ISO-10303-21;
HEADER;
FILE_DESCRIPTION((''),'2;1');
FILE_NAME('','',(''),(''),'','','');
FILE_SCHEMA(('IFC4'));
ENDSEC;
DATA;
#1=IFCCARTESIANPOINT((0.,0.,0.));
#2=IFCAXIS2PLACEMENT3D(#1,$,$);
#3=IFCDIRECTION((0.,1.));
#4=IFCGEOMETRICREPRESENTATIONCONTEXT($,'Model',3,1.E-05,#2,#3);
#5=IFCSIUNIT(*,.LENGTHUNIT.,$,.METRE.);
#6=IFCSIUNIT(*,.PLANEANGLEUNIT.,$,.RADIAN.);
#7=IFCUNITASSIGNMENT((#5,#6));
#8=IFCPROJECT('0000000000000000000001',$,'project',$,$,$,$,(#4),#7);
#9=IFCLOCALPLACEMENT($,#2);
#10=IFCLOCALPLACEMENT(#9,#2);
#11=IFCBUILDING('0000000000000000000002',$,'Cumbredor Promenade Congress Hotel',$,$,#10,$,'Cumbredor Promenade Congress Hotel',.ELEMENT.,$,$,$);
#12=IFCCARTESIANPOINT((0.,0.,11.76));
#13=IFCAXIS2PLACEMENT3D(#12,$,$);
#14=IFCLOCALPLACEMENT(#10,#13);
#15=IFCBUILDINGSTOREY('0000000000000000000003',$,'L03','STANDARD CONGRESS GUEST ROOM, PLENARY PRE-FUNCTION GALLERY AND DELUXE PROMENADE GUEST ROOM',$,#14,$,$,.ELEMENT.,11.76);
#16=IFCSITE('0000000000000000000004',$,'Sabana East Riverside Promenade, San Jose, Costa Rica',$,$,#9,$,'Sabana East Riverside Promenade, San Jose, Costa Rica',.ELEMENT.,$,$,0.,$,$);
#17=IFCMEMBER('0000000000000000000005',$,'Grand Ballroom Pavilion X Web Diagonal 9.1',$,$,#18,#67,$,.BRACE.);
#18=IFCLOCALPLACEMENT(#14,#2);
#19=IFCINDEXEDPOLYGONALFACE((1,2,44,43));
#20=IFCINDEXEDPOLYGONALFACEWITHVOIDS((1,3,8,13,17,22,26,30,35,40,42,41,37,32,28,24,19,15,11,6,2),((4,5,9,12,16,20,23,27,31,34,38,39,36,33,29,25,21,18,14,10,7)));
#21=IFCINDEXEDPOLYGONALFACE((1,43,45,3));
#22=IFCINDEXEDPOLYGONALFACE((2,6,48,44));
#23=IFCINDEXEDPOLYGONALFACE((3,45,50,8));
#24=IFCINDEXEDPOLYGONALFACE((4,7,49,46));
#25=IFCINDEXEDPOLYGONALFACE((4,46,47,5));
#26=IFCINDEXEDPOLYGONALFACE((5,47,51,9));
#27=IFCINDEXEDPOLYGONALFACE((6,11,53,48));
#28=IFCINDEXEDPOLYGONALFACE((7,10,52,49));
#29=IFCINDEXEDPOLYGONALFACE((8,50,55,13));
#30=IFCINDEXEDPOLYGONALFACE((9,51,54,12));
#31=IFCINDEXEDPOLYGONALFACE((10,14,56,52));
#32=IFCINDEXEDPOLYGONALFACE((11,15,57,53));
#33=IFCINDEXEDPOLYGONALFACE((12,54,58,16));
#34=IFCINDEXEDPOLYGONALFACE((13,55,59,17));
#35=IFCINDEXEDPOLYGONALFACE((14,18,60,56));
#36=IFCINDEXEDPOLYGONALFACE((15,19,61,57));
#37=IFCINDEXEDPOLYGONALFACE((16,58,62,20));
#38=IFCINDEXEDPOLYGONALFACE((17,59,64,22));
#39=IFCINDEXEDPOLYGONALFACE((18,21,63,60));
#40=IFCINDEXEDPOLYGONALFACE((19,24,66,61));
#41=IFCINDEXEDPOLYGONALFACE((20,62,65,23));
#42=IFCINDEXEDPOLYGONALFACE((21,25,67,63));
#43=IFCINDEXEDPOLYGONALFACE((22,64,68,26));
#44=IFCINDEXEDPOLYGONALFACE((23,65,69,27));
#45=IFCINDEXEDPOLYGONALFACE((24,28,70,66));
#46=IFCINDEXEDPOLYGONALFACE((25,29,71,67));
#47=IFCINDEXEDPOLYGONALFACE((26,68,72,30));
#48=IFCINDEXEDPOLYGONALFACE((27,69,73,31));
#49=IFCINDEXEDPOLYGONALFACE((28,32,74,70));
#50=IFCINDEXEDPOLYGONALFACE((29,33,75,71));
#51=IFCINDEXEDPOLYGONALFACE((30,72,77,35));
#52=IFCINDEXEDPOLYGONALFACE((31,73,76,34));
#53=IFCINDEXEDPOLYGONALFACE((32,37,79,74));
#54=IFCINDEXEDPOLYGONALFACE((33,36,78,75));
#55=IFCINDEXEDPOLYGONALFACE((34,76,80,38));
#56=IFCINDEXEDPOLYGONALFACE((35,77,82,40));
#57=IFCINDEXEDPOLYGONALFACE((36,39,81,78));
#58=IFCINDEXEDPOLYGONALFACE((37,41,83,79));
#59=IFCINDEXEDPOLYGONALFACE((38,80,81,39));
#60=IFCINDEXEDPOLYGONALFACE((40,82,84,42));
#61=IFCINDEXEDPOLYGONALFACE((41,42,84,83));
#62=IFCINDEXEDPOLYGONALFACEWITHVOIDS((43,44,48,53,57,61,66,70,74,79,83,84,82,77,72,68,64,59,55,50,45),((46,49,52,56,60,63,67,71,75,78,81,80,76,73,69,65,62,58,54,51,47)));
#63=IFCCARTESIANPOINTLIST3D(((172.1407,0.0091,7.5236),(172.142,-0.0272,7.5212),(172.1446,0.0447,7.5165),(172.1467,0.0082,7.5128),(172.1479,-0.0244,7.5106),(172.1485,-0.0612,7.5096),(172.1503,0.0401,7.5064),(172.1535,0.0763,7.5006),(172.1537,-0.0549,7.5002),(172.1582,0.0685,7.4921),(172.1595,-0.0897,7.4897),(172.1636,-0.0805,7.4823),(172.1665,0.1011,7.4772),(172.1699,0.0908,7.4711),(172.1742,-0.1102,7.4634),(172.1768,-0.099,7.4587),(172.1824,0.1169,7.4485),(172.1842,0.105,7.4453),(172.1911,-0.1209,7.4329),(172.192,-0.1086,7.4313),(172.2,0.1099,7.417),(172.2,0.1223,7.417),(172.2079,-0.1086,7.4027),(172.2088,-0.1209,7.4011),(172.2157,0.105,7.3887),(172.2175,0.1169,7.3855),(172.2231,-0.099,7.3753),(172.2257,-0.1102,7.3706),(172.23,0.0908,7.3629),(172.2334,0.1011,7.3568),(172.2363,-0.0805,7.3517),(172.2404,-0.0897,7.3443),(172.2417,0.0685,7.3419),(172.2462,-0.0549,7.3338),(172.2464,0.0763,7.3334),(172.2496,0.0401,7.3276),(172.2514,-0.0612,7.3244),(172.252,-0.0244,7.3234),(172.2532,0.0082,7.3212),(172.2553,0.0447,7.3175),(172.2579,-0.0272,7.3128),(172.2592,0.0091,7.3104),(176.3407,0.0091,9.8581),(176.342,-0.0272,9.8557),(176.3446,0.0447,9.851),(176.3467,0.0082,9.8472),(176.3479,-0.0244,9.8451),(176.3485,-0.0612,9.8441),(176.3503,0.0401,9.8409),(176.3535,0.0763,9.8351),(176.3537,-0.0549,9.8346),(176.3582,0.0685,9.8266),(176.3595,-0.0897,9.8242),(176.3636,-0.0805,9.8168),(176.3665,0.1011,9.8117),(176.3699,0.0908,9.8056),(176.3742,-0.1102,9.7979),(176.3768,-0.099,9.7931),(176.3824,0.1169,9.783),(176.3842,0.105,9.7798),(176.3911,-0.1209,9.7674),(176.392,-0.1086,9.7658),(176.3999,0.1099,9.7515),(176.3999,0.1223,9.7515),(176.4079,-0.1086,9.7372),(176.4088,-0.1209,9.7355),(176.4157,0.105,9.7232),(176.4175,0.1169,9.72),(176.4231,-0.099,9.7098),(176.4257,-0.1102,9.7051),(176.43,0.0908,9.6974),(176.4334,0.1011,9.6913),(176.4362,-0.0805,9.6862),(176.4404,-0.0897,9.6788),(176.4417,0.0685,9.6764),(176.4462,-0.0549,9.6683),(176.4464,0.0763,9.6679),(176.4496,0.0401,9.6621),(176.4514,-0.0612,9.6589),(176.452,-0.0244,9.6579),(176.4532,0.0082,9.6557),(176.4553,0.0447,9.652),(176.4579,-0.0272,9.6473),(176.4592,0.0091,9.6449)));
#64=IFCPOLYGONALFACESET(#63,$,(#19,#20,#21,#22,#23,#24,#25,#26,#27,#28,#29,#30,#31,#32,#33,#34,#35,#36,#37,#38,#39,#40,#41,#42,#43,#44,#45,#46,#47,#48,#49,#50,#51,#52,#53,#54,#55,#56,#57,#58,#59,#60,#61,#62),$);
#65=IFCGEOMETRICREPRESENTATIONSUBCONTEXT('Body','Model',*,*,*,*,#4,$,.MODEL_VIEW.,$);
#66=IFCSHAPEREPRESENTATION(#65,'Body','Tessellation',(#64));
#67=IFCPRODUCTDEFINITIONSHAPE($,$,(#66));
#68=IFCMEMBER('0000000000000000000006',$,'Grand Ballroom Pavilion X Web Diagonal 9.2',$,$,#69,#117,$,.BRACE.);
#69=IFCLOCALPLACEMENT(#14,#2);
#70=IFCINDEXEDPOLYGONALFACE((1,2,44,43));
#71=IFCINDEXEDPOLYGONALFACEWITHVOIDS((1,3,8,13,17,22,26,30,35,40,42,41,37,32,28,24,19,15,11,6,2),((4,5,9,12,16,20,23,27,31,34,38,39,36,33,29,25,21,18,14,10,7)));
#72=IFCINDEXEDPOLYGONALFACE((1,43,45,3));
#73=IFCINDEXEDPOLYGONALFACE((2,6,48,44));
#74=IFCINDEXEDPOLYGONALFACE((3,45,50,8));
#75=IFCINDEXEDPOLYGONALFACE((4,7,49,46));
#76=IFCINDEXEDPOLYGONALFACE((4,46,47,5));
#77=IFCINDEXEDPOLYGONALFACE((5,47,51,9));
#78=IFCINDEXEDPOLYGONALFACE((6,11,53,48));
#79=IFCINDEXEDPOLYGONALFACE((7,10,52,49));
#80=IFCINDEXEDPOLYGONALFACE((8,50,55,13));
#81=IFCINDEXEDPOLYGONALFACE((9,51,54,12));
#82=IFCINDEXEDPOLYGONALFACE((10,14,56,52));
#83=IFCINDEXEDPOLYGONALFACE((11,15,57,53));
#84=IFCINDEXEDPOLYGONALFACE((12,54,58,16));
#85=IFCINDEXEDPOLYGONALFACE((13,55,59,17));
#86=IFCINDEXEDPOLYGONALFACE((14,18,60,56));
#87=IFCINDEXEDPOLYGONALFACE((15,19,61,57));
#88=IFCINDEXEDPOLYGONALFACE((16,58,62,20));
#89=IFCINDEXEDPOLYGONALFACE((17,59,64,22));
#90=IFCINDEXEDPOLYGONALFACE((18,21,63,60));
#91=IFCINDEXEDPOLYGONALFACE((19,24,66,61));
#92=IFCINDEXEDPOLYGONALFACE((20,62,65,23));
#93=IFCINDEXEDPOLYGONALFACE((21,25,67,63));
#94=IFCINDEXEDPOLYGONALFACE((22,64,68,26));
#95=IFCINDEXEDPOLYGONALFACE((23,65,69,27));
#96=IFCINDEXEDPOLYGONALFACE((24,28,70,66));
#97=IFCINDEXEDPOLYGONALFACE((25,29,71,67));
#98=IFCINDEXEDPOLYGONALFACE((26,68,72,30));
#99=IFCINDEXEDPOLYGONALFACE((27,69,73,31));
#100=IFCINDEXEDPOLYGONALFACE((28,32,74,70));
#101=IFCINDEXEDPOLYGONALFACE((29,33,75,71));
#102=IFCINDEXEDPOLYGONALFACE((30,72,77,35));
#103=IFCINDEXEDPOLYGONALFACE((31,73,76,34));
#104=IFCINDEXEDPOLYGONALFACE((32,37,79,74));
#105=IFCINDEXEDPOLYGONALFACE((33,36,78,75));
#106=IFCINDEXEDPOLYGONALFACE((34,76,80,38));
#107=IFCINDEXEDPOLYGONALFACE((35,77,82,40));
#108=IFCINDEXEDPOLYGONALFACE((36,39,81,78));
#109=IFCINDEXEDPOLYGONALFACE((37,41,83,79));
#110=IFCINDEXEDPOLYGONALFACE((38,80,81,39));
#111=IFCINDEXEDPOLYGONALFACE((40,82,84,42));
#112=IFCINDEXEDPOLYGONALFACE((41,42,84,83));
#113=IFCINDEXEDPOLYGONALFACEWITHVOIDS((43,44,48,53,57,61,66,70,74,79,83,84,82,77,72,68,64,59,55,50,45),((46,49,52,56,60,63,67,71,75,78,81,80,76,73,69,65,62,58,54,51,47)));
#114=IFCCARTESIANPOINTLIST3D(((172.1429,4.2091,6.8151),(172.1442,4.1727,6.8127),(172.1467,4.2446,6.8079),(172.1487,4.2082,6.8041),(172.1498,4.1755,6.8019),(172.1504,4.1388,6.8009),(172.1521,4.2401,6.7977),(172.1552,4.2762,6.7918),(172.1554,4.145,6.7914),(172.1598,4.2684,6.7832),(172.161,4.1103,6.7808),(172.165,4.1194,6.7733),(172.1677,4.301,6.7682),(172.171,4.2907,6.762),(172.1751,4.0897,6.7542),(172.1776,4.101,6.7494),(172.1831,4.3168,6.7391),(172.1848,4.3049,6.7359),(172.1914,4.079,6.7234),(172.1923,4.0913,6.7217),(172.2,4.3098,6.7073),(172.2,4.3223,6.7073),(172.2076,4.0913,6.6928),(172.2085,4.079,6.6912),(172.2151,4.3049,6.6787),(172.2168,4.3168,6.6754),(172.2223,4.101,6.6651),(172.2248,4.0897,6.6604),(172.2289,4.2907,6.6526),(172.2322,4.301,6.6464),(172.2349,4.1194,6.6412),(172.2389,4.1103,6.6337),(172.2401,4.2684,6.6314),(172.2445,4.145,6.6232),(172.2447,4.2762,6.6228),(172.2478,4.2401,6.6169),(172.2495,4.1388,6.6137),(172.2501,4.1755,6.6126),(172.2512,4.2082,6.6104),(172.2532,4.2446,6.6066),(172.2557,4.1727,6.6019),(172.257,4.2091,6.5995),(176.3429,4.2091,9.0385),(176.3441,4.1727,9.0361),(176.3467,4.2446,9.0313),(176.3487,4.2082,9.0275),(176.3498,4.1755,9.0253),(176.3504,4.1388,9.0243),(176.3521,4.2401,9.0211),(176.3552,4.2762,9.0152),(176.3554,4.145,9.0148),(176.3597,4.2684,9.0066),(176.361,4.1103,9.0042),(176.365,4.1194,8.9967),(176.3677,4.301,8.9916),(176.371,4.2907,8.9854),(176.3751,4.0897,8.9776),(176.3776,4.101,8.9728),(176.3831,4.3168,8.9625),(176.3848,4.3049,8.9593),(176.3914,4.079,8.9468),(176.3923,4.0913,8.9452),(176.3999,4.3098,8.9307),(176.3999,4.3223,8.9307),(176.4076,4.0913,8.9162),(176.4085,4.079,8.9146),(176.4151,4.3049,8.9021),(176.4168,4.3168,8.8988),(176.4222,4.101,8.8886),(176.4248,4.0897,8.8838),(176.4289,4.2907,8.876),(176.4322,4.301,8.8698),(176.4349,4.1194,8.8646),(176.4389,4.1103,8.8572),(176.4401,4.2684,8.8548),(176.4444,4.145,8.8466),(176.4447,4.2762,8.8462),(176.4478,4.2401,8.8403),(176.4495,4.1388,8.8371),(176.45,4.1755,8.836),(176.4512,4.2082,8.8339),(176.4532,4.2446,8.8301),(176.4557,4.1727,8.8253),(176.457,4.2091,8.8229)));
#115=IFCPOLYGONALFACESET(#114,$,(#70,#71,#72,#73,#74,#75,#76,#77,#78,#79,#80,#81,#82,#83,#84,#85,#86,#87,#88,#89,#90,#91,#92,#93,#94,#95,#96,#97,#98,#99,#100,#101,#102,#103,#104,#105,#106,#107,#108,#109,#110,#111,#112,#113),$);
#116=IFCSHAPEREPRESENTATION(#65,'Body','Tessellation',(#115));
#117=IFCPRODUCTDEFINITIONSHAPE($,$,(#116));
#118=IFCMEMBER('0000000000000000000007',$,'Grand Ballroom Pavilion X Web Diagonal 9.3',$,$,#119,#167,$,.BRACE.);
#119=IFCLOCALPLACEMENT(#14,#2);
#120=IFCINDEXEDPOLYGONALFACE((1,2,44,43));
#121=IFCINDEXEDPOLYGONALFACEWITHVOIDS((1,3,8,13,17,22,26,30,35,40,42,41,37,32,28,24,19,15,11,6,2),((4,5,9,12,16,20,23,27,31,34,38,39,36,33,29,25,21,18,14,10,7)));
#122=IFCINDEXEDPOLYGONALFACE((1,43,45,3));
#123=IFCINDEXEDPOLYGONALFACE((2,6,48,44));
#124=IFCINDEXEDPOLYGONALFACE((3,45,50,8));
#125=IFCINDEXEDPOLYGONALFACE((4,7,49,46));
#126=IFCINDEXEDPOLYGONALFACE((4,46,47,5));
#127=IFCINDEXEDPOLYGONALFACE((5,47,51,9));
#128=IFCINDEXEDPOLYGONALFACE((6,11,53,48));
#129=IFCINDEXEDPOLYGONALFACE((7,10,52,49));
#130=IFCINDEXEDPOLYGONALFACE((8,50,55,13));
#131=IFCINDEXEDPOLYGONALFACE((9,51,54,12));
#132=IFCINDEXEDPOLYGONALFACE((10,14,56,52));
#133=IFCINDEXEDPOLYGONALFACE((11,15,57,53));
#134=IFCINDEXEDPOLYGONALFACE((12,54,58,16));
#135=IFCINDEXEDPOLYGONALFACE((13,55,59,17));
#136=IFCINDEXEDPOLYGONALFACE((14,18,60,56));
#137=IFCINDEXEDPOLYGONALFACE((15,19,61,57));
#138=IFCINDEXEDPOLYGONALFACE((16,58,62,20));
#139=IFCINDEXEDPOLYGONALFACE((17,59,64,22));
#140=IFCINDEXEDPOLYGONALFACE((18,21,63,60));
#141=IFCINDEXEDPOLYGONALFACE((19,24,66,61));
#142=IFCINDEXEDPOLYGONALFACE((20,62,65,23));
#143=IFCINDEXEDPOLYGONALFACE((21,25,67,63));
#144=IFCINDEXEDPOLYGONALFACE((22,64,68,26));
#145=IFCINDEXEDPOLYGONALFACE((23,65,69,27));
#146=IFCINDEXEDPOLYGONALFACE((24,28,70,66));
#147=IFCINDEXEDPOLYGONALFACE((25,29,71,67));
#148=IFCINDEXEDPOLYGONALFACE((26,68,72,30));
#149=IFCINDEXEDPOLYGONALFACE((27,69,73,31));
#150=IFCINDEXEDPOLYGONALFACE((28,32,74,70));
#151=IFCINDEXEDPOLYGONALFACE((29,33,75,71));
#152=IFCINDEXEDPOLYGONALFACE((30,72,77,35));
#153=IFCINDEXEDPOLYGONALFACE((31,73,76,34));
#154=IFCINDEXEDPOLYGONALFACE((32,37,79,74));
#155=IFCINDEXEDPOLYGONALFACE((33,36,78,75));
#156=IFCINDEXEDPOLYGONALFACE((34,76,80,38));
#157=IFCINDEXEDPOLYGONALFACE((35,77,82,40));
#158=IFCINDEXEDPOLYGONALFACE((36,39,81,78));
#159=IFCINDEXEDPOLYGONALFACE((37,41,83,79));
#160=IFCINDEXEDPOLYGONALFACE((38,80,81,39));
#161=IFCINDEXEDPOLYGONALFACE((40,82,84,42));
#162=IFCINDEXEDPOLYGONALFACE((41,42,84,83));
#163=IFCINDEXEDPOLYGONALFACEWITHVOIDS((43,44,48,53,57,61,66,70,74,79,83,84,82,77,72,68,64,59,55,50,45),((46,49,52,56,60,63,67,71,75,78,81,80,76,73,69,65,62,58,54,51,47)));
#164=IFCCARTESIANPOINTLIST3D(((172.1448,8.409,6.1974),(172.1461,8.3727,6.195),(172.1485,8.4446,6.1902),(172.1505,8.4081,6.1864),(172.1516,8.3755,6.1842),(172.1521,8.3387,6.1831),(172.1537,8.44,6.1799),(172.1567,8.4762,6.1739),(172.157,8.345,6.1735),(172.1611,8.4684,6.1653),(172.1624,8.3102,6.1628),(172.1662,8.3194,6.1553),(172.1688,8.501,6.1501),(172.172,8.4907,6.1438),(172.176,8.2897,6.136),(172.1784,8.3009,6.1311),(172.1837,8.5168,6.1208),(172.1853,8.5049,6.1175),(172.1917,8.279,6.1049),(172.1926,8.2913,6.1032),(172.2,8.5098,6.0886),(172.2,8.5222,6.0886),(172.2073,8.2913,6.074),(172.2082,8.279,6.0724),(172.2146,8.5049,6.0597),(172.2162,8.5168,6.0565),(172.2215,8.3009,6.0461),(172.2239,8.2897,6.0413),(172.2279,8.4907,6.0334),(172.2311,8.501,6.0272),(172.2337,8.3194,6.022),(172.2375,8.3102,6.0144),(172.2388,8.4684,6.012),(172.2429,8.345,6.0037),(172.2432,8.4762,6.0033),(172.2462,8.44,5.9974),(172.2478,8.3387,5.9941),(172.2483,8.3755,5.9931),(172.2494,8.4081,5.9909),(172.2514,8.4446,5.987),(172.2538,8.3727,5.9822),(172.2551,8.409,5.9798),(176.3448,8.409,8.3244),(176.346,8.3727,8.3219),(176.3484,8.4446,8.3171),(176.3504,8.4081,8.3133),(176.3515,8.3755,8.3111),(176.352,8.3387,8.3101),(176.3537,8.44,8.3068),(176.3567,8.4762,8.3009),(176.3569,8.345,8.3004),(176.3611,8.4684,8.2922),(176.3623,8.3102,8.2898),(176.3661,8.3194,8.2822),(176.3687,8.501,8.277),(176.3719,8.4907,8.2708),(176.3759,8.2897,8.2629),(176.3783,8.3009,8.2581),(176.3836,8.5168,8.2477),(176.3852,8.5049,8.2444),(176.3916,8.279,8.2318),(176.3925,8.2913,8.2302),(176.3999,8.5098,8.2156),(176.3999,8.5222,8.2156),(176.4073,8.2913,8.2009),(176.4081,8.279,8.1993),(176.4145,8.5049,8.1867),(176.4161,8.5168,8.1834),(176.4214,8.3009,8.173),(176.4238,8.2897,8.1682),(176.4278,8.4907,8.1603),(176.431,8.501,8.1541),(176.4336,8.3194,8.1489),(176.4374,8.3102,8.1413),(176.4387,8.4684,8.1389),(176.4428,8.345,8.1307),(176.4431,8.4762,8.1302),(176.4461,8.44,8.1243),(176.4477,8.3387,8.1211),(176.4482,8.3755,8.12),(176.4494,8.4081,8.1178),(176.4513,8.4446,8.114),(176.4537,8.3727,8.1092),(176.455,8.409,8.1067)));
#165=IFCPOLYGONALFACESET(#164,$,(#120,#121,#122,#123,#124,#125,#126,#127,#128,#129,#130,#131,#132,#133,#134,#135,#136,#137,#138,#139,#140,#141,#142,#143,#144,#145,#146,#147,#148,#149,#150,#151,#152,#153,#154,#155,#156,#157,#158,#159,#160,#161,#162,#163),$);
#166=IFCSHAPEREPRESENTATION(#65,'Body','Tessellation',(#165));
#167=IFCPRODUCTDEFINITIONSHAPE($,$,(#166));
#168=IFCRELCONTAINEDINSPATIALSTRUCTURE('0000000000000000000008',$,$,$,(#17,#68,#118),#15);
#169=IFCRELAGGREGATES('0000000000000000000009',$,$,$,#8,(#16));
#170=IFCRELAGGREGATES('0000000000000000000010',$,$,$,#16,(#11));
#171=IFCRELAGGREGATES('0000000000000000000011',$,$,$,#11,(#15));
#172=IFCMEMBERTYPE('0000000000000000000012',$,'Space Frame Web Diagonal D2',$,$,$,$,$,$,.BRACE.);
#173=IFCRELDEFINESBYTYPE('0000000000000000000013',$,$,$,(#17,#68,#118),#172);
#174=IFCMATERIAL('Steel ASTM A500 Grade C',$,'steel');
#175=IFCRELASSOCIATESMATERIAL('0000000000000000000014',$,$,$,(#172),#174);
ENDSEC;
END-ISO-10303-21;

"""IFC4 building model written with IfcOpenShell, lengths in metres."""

from ifc_helpers import new_model, si_unit, direction, frame, origin, origin_2d, place, context, subcontext, project, spatial, hollow_circle, extrude, material, material_profile, profile_set, type_object, element, save


model = new_model("IFC4")

# Units and contexts
model_context = context("Model", 3, precision=1e-05, world=origin(), true_north=direction((0.0, 1.0)))
body_context = subcontext(model_context, "Body", "Model", "MODEL_VIEW")
ifc_project = project(units=[si_unit("LENGTHUNIT", "METRE"), si_unit("PLANEANGLEUNIT", "RADIAN")], contexts=[model_context])

# Site, building, storey
site_placement = place(None, origin())
site = spatial("IfcSite", under=ifc_project, at=site_placement, Name="Sabana East Riverside Promenade, San Jose, Costa Rica", LongName="Sabana East Riverside Promenade, San Jose, Costa Rica", CompositionType="ELEMENT", RefElevation=0.0)
building_placement = place(site_placement, origin())
building = spatial("IfcBuilding", under=site, at=building_placement, Name="Cumbredor Promenade Congress Hotel", LongName="Cumbredor Promenade Congress Hotel", CompositionType="ELEMENT")
storey_placement = place(building_placement, frame((0.0, 0.0, 11.76)))
storey = spatial("IfcBuildingStorey", under=building, at=storey_placement, Name="L03", Description="STANDARD CONGRESS GUEST ROOM, PLENARY PRE-FUNCTION GALLERY AND DELUXE PROMENADE GUEST ROOM", CompositionType="ELEMENT", Elevation=11.76)

# Shared definitions
ifc_material_1 = material(Name="Steel ASTM A500 Grade C", Category="steel")

# Members
ifc_material_profile_1 = material_profile(ifc_material_1, hollow_circle(Radius=0.1223, WallThickness=0.0125, at=origin_2d()), Name="CHS 244.5x12.5")
ifc_profile_set_1 = profile_set([ifc_material_profile_1], Name="Steel ASTM A500 Grade C")
member_type_1 = type_object("IfcMemberType", Name="Space Frame Web Diagonal D2", PredefinedType="BRACE", material=ifc_profile_set_1)
member_1_placement = place(storey_placement, frame((172.2, 0.0, 7.417), z_axis=(0.874054, 0.0, 0.485828), x_axis=(0.0, 1.0, 0.0)))
element("IfcMember", 1, at=member_1_placement, inside=storey, type_object=member_type_1, Name="Grand Ballroom Pavilion X Web Diagonal 9.1", PredefinedType="BRACE", context=body_context, shape_type="SweptSolid", body=[
    extrude(hollow_circle(Radius=0.1223, WallThickness=0.0125, at=origin_2d()), origin(), (0.0, 0.0, 1.0), 4.8052),
])
member_2_placement = place(storey_placement, frame((172.2, 4.2, 6.7073), z_axis=(0.883798, 0.0, 0.467869), x_axis=(0.0, 1.0, 0.0)))
element("IfcMember", 2, at=member_2_placement, inside=storey, type_object=member_type_1, Name="Grand Ballroom Pavilion X Web Diagonal 9.2", PredefinedType="BRACE", context=body_context, shape_type="SweptSolid", body=[
    extrude(hollow_circle(Radius=0.1223, WallThickness=0.0125, at=origin_2d()), origin(), (0.0, 0.0, 1.0), 4.7522),
])
member_3_placement = place(storey_placement, frame((172.2, 8.3999, 6.0886), z_axis=(0.892123, 0.0, 0.451792), x_axis=(0.0, 1.0, 0.0)))
element("IfcMember", 3, at=member_3_placement, inside=storey, type_object=member_type_1, Name="Grand Ballroom Pavilion X Web Diagonal 9.3", PredefinedType="BRACE", context=body_context, shape_type="SweptSolid", body=[
    extrude(hollow_circle(Radius=0.1223, WallThickness=0.0125, at=origin_2d()), origin(), (0.0, 0.0, 1.0), 4.7078),
])

save(model, "model.ifc")
